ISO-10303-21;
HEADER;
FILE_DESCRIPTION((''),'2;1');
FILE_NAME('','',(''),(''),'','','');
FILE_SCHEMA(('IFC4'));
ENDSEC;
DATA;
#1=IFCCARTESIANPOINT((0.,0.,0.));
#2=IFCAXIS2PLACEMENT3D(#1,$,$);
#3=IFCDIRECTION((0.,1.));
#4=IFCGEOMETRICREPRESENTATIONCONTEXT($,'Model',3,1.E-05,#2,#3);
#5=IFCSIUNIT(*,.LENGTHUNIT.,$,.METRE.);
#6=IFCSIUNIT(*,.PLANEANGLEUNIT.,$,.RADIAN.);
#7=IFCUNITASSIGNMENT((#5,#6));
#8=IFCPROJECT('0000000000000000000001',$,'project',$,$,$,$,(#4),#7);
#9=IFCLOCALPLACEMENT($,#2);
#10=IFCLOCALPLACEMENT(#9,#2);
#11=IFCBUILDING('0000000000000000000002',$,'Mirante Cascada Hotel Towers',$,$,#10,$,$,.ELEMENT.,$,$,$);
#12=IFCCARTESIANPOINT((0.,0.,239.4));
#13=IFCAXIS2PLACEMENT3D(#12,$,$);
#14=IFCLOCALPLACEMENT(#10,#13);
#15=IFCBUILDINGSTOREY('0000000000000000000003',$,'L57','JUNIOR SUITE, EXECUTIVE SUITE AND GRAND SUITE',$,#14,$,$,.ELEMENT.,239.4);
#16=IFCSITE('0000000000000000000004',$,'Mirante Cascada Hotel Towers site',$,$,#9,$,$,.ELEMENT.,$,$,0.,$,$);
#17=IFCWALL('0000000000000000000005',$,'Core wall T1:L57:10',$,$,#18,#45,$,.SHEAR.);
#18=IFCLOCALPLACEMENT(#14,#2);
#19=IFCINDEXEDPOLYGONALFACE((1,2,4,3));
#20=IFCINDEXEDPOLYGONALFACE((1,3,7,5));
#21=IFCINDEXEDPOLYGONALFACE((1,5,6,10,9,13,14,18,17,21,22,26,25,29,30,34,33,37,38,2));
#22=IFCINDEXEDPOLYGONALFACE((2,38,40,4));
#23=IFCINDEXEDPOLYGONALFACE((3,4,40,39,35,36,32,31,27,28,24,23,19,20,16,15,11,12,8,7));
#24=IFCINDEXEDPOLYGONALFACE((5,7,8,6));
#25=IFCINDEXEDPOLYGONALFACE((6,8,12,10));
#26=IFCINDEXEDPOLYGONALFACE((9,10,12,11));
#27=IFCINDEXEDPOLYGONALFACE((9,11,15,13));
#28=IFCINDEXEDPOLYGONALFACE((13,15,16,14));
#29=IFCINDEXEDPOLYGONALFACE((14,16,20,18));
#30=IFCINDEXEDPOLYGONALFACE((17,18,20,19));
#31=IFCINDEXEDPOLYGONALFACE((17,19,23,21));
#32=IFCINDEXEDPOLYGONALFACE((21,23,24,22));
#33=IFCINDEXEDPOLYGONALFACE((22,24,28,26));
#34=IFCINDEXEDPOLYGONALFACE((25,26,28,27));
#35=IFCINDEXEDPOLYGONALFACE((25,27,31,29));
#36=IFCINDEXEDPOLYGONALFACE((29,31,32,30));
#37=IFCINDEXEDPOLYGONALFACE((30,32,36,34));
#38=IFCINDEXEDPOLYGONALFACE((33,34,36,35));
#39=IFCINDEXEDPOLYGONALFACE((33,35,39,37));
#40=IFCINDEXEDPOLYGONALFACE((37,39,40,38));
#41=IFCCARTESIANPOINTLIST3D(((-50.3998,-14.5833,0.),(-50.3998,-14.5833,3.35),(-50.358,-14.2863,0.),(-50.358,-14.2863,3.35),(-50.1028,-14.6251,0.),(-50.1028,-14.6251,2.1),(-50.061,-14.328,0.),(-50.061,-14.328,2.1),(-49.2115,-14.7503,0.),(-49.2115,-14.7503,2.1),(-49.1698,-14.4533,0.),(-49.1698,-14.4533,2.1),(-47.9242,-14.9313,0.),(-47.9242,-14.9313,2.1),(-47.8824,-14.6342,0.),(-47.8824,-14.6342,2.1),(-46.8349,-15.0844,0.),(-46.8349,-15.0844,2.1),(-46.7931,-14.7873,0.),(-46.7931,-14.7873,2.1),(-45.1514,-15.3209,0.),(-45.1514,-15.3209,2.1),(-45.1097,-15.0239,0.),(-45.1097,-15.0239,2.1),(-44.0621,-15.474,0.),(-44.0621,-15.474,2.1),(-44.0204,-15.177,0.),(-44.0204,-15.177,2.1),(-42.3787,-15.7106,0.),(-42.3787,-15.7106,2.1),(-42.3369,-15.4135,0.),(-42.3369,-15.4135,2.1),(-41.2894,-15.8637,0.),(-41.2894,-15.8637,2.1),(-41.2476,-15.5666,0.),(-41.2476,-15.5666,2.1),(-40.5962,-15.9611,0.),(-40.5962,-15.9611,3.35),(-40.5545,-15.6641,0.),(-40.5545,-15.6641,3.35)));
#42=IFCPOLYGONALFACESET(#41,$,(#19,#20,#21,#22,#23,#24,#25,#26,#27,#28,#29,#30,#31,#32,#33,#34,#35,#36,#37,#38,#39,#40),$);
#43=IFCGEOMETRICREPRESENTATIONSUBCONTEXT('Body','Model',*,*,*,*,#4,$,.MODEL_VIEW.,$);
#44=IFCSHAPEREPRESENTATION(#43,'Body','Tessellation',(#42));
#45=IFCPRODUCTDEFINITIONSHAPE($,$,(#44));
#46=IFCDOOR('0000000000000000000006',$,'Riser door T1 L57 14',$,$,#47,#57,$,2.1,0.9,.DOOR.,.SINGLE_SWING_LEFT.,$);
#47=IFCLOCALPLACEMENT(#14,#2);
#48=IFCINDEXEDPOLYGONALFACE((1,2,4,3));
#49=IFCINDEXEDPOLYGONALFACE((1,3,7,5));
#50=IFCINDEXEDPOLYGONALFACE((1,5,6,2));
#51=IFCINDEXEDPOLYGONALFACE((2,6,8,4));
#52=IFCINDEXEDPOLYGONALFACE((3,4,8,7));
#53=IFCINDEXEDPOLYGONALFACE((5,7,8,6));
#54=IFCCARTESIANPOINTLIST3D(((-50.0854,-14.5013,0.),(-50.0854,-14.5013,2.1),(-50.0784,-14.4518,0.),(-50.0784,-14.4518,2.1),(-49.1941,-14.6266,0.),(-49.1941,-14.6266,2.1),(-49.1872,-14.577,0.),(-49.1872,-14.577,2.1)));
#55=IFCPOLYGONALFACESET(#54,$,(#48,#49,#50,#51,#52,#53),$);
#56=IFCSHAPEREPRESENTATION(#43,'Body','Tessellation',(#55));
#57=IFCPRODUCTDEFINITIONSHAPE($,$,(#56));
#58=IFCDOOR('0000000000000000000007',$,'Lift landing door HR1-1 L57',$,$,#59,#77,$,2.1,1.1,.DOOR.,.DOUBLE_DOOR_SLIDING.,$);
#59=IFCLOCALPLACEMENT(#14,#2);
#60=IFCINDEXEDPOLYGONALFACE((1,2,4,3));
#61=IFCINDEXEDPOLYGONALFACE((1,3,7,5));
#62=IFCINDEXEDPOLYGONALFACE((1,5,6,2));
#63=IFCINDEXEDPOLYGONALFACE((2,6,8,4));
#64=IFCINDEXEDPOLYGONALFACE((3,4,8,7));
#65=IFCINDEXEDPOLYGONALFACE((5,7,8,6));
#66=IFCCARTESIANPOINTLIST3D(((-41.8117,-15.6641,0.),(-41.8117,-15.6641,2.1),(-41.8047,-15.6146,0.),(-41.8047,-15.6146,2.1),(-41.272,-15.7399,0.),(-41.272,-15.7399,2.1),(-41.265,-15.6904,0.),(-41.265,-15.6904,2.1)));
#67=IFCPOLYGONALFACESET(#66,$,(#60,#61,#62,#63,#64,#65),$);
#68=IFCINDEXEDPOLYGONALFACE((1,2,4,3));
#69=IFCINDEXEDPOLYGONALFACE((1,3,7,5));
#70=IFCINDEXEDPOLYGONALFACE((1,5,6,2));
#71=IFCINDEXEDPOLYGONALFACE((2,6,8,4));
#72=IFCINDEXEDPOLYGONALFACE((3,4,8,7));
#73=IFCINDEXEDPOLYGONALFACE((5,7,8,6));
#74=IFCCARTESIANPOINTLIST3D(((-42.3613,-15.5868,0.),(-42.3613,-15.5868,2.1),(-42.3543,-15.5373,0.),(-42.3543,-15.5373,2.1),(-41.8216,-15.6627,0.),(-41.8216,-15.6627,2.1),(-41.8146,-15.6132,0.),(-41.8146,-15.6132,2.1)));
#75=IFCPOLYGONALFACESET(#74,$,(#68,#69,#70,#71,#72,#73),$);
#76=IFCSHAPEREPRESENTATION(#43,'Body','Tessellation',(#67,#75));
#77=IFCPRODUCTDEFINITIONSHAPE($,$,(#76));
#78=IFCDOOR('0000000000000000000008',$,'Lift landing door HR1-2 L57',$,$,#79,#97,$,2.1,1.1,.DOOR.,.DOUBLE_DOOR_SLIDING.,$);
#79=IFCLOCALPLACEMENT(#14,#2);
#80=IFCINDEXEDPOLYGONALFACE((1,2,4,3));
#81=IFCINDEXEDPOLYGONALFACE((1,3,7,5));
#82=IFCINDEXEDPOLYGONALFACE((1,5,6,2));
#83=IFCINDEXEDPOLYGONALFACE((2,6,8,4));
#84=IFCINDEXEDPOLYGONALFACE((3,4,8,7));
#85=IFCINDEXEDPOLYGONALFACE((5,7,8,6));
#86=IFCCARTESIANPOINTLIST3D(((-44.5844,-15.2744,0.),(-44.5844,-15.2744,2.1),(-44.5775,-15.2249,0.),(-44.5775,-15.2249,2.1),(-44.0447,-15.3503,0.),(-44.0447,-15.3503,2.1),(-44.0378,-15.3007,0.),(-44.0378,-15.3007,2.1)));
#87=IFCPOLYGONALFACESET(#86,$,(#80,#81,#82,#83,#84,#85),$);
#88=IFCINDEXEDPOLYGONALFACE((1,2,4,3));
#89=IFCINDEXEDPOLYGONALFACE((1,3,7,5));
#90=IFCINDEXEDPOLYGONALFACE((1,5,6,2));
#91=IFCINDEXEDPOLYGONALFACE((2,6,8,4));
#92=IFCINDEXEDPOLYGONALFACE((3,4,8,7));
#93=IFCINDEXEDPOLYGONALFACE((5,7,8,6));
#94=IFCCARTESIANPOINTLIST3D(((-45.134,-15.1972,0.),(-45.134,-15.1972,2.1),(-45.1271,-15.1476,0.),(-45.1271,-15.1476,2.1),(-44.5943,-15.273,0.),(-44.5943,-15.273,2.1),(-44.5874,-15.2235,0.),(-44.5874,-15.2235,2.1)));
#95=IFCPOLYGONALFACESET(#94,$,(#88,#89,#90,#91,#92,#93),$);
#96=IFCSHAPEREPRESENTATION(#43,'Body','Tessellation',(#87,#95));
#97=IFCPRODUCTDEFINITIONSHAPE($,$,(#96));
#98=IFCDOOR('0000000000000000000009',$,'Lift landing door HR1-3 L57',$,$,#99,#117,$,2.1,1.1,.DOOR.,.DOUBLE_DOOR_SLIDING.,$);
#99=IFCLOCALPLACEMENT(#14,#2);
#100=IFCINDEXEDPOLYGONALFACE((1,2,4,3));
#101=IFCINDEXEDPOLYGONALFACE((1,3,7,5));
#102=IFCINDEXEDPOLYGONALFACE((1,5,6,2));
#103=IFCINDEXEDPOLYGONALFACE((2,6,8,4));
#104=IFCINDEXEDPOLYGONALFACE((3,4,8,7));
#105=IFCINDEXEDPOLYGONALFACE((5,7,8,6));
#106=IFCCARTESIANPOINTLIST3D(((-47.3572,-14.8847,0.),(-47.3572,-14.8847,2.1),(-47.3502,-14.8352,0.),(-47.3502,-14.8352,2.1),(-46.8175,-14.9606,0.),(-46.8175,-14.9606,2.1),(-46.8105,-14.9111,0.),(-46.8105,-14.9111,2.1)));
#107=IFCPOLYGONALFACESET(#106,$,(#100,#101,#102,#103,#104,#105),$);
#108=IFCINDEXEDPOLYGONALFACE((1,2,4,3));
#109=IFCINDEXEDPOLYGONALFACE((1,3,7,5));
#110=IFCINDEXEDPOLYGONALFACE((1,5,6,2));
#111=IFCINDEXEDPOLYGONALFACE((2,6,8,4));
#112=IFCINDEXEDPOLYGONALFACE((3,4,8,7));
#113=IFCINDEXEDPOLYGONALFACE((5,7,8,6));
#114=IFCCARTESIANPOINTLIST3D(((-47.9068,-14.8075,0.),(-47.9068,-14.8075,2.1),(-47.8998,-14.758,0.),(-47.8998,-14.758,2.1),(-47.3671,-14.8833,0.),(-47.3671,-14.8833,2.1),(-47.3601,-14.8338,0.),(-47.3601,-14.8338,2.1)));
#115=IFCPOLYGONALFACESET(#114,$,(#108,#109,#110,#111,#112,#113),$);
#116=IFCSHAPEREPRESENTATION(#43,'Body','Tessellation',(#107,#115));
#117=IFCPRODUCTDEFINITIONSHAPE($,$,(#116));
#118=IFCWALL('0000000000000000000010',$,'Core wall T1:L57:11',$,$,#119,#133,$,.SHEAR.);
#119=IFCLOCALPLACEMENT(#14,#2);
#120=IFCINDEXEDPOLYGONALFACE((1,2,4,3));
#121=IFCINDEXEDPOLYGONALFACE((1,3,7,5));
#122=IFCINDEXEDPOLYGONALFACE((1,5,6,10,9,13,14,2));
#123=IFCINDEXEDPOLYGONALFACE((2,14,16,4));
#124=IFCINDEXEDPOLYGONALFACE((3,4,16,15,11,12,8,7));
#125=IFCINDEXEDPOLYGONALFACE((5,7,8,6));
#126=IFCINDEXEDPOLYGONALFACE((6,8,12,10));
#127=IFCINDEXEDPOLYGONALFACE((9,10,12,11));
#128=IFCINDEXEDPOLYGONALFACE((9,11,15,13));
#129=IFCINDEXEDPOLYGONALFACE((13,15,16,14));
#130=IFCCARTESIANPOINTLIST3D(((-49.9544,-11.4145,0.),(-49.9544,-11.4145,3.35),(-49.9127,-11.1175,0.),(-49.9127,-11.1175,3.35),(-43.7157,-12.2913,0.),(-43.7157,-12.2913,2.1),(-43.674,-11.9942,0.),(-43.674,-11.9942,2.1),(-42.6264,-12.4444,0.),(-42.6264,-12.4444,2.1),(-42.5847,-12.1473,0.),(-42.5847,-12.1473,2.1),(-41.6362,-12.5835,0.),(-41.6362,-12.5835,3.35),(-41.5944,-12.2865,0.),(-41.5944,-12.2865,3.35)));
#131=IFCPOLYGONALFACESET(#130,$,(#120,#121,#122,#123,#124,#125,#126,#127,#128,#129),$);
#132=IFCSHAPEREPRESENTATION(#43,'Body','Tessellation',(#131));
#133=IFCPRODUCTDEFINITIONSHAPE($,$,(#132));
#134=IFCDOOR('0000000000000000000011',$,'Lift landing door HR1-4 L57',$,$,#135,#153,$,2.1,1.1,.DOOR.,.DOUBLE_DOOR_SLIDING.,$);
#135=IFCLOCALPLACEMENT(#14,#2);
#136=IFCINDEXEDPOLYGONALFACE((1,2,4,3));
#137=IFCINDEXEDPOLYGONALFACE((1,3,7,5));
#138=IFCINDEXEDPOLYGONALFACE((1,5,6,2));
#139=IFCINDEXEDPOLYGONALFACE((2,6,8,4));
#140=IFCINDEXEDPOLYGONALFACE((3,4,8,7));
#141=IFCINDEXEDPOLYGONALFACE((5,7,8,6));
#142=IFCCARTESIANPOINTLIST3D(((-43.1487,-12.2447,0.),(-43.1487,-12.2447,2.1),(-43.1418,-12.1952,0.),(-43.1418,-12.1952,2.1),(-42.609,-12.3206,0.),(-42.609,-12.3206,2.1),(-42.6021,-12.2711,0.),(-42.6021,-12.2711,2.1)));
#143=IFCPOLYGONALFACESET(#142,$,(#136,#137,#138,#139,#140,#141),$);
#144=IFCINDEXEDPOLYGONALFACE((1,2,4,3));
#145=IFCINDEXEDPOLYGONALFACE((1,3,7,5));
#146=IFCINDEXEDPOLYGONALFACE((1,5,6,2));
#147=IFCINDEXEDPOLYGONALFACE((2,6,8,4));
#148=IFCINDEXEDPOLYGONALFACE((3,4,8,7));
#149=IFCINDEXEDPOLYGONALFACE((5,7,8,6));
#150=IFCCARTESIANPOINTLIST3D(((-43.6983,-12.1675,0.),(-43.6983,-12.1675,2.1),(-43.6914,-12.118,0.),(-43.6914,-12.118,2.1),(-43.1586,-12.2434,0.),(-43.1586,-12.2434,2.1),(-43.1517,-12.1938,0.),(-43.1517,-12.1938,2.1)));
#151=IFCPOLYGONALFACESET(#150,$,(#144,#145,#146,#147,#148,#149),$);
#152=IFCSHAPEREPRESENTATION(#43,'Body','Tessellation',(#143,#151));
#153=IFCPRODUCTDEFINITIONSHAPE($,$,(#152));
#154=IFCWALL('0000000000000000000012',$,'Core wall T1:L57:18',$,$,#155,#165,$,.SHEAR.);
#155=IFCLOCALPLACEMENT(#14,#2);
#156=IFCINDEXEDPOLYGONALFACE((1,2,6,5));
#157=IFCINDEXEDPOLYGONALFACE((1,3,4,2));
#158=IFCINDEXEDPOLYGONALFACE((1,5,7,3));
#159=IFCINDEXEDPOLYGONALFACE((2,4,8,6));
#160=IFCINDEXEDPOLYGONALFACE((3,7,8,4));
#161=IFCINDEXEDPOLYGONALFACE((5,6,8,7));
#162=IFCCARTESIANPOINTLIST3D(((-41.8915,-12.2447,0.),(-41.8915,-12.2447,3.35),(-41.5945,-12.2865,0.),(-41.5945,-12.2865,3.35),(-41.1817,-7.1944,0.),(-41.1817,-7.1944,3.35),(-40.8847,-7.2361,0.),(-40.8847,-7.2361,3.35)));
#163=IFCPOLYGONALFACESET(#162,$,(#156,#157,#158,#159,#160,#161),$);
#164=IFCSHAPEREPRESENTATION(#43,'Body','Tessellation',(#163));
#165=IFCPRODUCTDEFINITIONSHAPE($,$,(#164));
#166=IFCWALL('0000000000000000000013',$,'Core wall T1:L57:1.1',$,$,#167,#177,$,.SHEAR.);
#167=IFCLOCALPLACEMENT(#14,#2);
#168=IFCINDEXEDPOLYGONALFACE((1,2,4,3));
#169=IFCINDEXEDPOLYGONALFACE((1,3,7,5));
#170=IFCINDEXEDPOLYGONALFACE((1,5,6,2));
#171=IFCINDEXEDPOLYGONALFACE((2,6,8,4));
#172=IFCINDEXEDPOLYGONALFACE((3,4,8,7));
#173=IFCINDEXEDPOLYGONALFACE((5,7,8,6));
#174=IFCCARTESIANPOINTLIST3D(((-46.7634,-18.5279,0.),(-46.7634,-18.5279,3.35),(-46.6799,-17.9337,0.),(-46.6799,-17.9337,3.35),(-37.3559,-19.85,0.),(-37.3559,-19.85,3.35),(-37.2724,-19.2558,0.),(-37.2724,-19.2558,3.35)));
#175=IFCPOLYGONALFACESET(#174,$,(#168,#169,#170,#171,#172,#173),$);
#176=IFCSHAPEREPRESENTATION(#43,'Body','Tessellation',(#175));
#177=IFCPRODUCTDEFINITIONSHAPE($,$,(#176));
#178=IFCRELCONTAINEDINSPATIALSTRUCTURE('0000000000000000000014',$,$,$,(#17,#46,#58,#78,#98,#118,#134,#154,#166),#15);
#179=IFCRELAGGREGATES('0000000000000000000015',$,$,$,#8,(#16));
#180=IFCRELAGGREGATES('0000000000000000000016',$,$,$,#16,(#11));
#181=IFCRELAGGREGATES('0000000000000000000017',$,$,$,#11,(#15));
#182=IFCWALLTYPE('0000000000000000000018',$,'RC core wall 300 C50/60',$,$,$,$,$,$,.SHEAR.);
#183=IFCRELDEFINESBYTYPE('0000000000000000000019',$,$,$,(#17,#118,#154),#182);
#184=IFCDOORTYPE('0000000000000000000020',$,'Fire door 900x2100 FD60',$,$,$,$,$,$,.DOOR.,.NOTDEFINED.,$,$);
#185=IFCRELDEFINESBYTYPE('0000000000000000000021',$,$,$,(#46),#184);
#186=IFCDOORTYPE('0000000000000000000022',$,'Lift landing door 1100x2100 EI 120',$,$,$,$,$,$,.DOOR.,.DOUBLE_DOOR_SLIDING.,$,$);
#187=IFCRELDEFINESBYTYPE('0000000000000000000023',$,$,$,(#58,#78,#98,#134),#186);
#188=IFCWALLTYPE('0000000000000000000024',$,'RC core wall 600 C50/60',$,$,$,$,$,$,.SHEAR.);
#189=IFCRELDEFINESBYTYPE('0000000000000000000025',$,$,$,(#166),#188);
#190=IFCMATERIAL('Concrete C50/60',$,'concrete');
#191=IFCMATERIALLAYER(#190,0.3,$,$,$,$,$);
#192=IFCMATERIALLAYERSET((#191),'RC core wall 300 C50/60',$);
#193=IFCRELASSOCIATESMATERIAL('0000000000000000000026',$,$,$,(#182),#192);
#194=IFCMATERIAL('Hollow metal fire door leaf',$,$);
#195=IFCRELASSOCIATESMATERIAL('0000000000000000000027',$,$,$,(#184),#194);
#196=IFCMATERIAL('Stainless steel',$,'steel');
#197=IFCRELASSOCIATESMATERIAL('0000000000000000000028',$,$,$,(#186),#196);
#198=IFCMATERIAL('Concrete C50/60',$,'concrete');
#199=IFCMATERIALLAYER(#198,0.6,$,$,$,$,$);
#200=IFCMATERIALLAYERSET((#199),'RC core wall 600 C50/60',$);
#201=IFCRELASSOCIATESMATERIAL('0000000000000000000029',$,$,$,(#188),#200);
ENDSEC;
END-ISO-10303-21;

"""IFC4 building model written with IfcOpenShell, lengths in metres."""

from ifc_helpers import new_model, si_unit, direction, frame, frame_2d, origin, place, context, subcontext, project, spatial, rectangle, extrude, material, layer, layer_set, type_object, element, fill, save


model = new_model("IFC4")

# Units and contexts
model_context = context("Model", 3, precision=1e-05, world=origin(), true_north=direction((0.0, 1.0)))
body_context = subcontext(model_context, "Body", "Model", "MODEL_VIEW")
ifc_project = project(units=[si_unit("LENGTHUNIT", "METRE"), si_unit("PLANEANGLEUNIT", "RADIAN")], contexts=[model_context])

# Site, building, storey
site_placement = place(None, origin())
site = spatial("IfcSite", under=ifc_project, at=site_placement, Name="Mirante Cascada Hotel Towers site", CompositionType="ELEMENT", RefElevation=0.0)
building_placement = place(site_placement, origin())
building = spatial("IfcBuilding", under=site, at=building_placement, Name="Mirante Cascada Hotel Towers", CompositionType="ELEMENT")
storey_placement = place(building_placement, frame((0.0, 0.0, 239.4)))
storey = spatial("IfcBuildingStorey", under=building, at=storey_placement, Name="L57", Description="JUNIOR SUITE, EXECUTIVE SUITE AND GRAND SUITE", CompositionType="ELEMENT", Elevation=239.4)

# Shared definitions
ifc_material_1 = material(Name="Concrete C50/60", Category="concrete")
ifc_layer_1 = layer(ifc_material_1, 0.3)
ifc_layer_set_1 = layer_set([ifc_layer_1], Name="RC core wall 300 C50/60")
wall_type_1 = type_object("IfcWallType", Name="RC core wall 300 C50/60", PredefinedType="SHEAR", material=ifc_layer_set_1)

# Wall, openings, doors
wall_1_placement = place(storey_placement, frame((-40.5753, -15.8126, 0.0), z_axis=(0.0, 0.0, 1.0), x_axis=(-0.990268, 0.139173, 0.0)))
wall_1 = element("IfcWall", 1, at=wall_1_placement, inside=storey, type_object=wall_type_1, Name="Core wall T1:L57:10", PredefinedType="SHEAR", context=body_context, shape_type="SweptSolid", body=[
    extrude(rectangle(XDim=9.8999, YDim=0.3, at=frame_2d((4.95, 0.0))), origin(), (0.0, 0.0, 1.0), 3.35),
])
opening_1_placement = place(wall_1_placement, frame((0.7, 0.0, 0.0)))
opening_1 = element("IfcOpeningElement", 2, at=opening_1_placement, cuts=wall_1, PredefinedType="OPENING", context=body_context, shape_type="SweptSolid", body=[
    extrude(rectangle(XDim=1.1, YDim=2.1, at=frame_2d((0.55, 1.05))), frame((0.0, 0.15, 0.0), z_axis=(0.0, -1.0, 0.0), x_axis=(1.0, 0.0, 0.0)), (0.0, 0.0, 1.0), 0.3),
])
opening_2_placement = place(wall_1_placement, frame((3.5, 0.0, 0.0)))
opening_2 = element("IfcOpeningElement", 3, at=opening_2_placement, cuts=wall_1, PredefinedType="OPENING", context=body_context, shape_type="SweptSolid", body=[
    extrude(rectangle(XDim=1.1, YDim=2.1, at=frame_2d((0.55, 1.05))), frame((0.0, 0.15, 0.0), z_axis=(0.0, -1.0, 0.0), x_axis=(1.0, 0.0, 0.0)), (0.0, 0.0, 1.0), 0.3),
])
opening_3_placement = place(wall_1_placement, frame((6.3, 0.0, 0.0)))
opening_3 = element("IfcOpeningElement", 4, at=opening_3_placement, cuts=wall_1, PredefinedType="OPENING", context=body_context, shape_type="SweptSolid", body=[
    extrude(rectangle(XDim=1.1, YDim=2.1, at=frame_2d((0.55, 1.05))), frame((0.0, 0.15, 0.0), z_axis=(0.0, -1.0, 0.0), x_axis=(1.0, 0.0, 0.0)), (0.0, 0.0, 1.0), 0.3),
])
opening_4_placement = place(wall_1_placement, frame((8.7, 0.0, 0.0)))
opening_4 = element("IfcOpeningElement", 5, at=opening_4_placement, cuts=wall_1, PredefinedType="OPENING", context=body_context, shape_type="SweptSolid", body=[
    extrude(rectangle(XDim=0.9, YDim=2.1, at=frame_2d((0.45, 1.05))), frame((0.0, 0.15, 0.0), z_axis=(0.0, -1.0, 0.0), x_axis=(1.0, 0.0, 0.0)), (0.0, 0.0, 1.0), 0.3),
])
ifc_material_2 = material(Name="Hollow metal fire door leaf")
door_type_1 = type_object("IfcDoorType", Name="Fire door 900x2100 FD60", OperationType="NOTDEFINED", PredefinedType="DOOR", material=ifc_material_2)
door_1_placement = place(opening_4_placement, origin())
door_1 = element("IfcDoor", 6, at=door_1_placement, inside=storey, type_object=door_type_1, Name="Riser door T1 L57 14", OperationType="SINGLE_SWING_LEFT", OverallHeight=2.1, OverallWidth=0.9, PredefinedType="DOOR", context=body_context, shape_type="SweptSolid", body=[
    extrude(rectangle(XDim=0.9, YDim=2.1, at=frame_2d((0.45, 1.05))), frame((0.0, 0.025, 0.0), z_axis=(0.0, -1.0, 0.0), x_axis=(1.0, 0.0, 0.0)), (0.0, 0.0, 1.0), 0.05),
])
fill(opening_4, door_1)
ifc_material_3 = material(Name="Stainless steel", Category="steel")
door_type_2 = type_object("IfcDoorType", Name="Lift landing door 1100x2100 EI 120", OperationType="DOUBLE_DOOR_SLIDING", PredefinedType="DOOR", material=ifc_material_3)
door_2_placement = place(opening_1_placement, origin())
door_2 = element("IfcDoor", 7, at=door_2_placement, inside=storey, type_object=door_type_2, Name="Lift landing door HR1-1 L57", OperationType="DOUBLE_DOOR_SLIDING", OverallHeight=2.1, OverallWidth=1.1, PredefinedType="DOOR", context=body_context, shape_type="SweptSolid", body=[
    extrude(rectangle(XDim=0.545, YDim=2.1, at=frame_2d((0.2725, 1.05))), frame((0.0, 0.025, 0.0), z_axis=(0.0, -1.0, 0.0), x_axis=(1.0, 0.0, 0.0)), (0.0, 0.0, 1.0), 0.05),
    extrude(rectangle(XDim=0.545, YDim=2.1, at=frame_2d((0.8275, 1.05))), frame((0.0, 0.025, 0.0), z_axis=(0.0, -1.0, 0.0), x_axis=(1.0, 0.0, 0.0)), (0.0, 0.0, 1.0), 0.05),
])
fill(opening_1, door_2)
door_3_placement = place(opening_2_placement, origin())
door_3 = element("IfcDoor", 8, at=door_3_placement, inside=storey, type_object=door_type_2, Name="Lift landing door HR1-2 L57", OperationType="DOUBLE_DOOR_SLIDING", OverallHeight=2.1, OverallWidth=1.1, PredefinedType="DOOR", context=body_context, shape_type="SweptSolid", body=[
    extrude(rectangle(XDim=0.545, YDim=2.1, at=frame_2d((0.2725, 1.05))), frame((0.0, 0.025, 0.0), z_axis=(0.0, -1.0, 0.0), x_axis=(1.0, 0.0, 0.0)), (0.0, 0.0, 1.0), 0.05),
    extrude(rectangle(XDim=0.545, YDim=2.1, at=frame_2d((0.8275, 1.05))), frame((0.0, 0.025, 0.0), z_axis=(0.0, -1.0, 0.0), x_axis=(1.0, 0.0, 0.0)), (0.0, 0.0, 1.0), 0.05),
])
fill(opening_2, door_3)
door_4_placement = place(opening_3_placement, origin())
door_4 = element("IfcDoor", 9, at=door_4_placement, inside=storey, type_object=door_type_2, Name="Lift landing door HR1-3 L57", OperationType="DOUBLE_DOOR_SLIDING", OverallHeight=2.1, OverallWidth=1.1, PredefinedType="DOOR", context=body_context, shape_type="SweptSolid", body=[
    extrude(rectangle(XDim=0.545, YDim=2.1, at=frame_2d((0.2725, 1.05))), frame((0.0, 0.025, 0.0), z_axis=(0.0, -1.0, 0.0), x_axis=(1.0, 0.0, 0.0)), (0.0, 0.0, 1.0), 0.05),
    extrude(rectangle(XDim=0.545, YDim=2.1, at=frame_2d((0.8275, 1.05))), frame((0.0, 0.025, 0.0), z_axis=(0.0, -1.0, 0.0), x_axis=(1.0, 0.0, 0.0)), (0.0, 0.0, 1.0), 0.05),
])
fill(opening_3, door_4)

# Wall, opening, door
wall_2_placement = place(storey_placement, frame((-41.6153, -12.435, 0.0), z_axis=(0.0, 0.0, 1.0), x_axis=(-0.990269, 0.139166, 0.0)))
wall_2 = element("IfcWall", 10, at=wall_2_placement, inside=storey, type_object=wall_type_1, Name="Core wall T1:L57:11", PredefinedType="SHEAR", context=body_context, shape_type="SweptSolid", body=[
    extrude(rectangle(XDim=8.4, YDim=0.3, at=frame_2d((4.2, 0.0))), origin(), (0.0, 0.0, 1.0), 3.35),
])
opening_5_placement = place(wall_2_placement, frame((1.0, 0.0, 0.0)))
opening_5 = element("IfcOpeningElement", 11, at=opening_5_placement, cuts=wall_2, PredefinedType="OPENING", context=body_context, shape_type="SweptSolid", body=[
    extrude(rectangle(XDim=1.1, YDim=2.1, at=frame_2d((0.55, 1.05))), frame((0.0, 0.15, 0.0), z_axis=(0.0, -1.0, 0.0), x_axis=(1.0, 0.0, 0.0)), (0.0, 0.0, 1.0), 0.3),
])
door_5_placement = place(opening_5_placement, origin())
door_5 = element("IfcDoor", 12, at=door_5_placement, inside=storey, type_object=door_type_2, Name="Lift landing door HR1-4 L57", OperationType="DOUBLE_DOOR_SLIDING", OverallHeight=2.1, OverallWidth=1.1, PredefinedType="DOOR", context=body_context, shape_type="SweptSolid", body=[
    extrude(rectangle(XDim=0.545, YDim=2.1, at=frame_2d((0.2725, 1.05))), frame((0.0, 0.025, 0.0), z_axis=(0.0, -1.0, 0.0), x_axis=(1.0, 0.0, 0.0)), (0.0, 0.0, 1.0), 0.05),
    extrude(rectangle(XDim=0.545, YDim=2.1, at=frame_2d((0.8275, 1.05))), frame((0.0, 0.025, 0.0), z_axis=(0.0, -1.0, 0.0), x_axis=(1.0, 0.0, 0.0)), (0.0, 0.0, 1.0), 0.05),
])
fill(opening_5, door_5)

# Walls
wall_3_placement = place(storey_placement, frame((-41.743, -12.2656, 0.0), z_axis=(0.0, 0.0, 1.0), x_axis=(0.139176, 0.990268, 0.0)))
element("IfcWall", 13, at=wall_3_placement, inside=storey, type_object=wall_type_1, Name="Core wall T1:L57:18", PredefinedType="SHEAR", context=body_context, shape_type="SweptSolid", body=[
    extrude(rectangle(XDim=5.1, YDim=0.3, at=frame_2d((2.55, 0.0))), origin(), (0.0, 0.0, 1.0), 3.35),
])
ifc_material_4 = material(Name="Concrete C50/60", Category="concrete")
ifc_layer_2 = layer(ifc_material_4, 0.6)
ifc_layer_set_2 = layer_set([ifc_layer_2], Name="RC core wall 600 C50/60")
wall_type_2 = type_object("IfcWallType", Name="RC core wall 600 C50/60", PredefinedType="SHEAR", material=ifc_layer_set_2)
wall_4_placement = place(storey_placement, frame((-37.3141, -19.5529, 0.0), z_axis=(0.0, 0.0, 1.0), x_axis=(-0.990269, 0.139169, 0.0)))
element("IfcWall", 14, at=wall_4_placement, inside=storey, type_object=wall_type_2, Name="Core wall T1:L57:1.1", PredefinedType="SHEAR", context=body_context, shape_type="SweptSolid", body=[
    extrude(rectangle(XDim=9.4999, YDim=0.6, at=frame_2d((4.75, 0.0))), origin(), (0.0, 0.0, 1.0), 3.35),
])

save(model, "model.ifc")
